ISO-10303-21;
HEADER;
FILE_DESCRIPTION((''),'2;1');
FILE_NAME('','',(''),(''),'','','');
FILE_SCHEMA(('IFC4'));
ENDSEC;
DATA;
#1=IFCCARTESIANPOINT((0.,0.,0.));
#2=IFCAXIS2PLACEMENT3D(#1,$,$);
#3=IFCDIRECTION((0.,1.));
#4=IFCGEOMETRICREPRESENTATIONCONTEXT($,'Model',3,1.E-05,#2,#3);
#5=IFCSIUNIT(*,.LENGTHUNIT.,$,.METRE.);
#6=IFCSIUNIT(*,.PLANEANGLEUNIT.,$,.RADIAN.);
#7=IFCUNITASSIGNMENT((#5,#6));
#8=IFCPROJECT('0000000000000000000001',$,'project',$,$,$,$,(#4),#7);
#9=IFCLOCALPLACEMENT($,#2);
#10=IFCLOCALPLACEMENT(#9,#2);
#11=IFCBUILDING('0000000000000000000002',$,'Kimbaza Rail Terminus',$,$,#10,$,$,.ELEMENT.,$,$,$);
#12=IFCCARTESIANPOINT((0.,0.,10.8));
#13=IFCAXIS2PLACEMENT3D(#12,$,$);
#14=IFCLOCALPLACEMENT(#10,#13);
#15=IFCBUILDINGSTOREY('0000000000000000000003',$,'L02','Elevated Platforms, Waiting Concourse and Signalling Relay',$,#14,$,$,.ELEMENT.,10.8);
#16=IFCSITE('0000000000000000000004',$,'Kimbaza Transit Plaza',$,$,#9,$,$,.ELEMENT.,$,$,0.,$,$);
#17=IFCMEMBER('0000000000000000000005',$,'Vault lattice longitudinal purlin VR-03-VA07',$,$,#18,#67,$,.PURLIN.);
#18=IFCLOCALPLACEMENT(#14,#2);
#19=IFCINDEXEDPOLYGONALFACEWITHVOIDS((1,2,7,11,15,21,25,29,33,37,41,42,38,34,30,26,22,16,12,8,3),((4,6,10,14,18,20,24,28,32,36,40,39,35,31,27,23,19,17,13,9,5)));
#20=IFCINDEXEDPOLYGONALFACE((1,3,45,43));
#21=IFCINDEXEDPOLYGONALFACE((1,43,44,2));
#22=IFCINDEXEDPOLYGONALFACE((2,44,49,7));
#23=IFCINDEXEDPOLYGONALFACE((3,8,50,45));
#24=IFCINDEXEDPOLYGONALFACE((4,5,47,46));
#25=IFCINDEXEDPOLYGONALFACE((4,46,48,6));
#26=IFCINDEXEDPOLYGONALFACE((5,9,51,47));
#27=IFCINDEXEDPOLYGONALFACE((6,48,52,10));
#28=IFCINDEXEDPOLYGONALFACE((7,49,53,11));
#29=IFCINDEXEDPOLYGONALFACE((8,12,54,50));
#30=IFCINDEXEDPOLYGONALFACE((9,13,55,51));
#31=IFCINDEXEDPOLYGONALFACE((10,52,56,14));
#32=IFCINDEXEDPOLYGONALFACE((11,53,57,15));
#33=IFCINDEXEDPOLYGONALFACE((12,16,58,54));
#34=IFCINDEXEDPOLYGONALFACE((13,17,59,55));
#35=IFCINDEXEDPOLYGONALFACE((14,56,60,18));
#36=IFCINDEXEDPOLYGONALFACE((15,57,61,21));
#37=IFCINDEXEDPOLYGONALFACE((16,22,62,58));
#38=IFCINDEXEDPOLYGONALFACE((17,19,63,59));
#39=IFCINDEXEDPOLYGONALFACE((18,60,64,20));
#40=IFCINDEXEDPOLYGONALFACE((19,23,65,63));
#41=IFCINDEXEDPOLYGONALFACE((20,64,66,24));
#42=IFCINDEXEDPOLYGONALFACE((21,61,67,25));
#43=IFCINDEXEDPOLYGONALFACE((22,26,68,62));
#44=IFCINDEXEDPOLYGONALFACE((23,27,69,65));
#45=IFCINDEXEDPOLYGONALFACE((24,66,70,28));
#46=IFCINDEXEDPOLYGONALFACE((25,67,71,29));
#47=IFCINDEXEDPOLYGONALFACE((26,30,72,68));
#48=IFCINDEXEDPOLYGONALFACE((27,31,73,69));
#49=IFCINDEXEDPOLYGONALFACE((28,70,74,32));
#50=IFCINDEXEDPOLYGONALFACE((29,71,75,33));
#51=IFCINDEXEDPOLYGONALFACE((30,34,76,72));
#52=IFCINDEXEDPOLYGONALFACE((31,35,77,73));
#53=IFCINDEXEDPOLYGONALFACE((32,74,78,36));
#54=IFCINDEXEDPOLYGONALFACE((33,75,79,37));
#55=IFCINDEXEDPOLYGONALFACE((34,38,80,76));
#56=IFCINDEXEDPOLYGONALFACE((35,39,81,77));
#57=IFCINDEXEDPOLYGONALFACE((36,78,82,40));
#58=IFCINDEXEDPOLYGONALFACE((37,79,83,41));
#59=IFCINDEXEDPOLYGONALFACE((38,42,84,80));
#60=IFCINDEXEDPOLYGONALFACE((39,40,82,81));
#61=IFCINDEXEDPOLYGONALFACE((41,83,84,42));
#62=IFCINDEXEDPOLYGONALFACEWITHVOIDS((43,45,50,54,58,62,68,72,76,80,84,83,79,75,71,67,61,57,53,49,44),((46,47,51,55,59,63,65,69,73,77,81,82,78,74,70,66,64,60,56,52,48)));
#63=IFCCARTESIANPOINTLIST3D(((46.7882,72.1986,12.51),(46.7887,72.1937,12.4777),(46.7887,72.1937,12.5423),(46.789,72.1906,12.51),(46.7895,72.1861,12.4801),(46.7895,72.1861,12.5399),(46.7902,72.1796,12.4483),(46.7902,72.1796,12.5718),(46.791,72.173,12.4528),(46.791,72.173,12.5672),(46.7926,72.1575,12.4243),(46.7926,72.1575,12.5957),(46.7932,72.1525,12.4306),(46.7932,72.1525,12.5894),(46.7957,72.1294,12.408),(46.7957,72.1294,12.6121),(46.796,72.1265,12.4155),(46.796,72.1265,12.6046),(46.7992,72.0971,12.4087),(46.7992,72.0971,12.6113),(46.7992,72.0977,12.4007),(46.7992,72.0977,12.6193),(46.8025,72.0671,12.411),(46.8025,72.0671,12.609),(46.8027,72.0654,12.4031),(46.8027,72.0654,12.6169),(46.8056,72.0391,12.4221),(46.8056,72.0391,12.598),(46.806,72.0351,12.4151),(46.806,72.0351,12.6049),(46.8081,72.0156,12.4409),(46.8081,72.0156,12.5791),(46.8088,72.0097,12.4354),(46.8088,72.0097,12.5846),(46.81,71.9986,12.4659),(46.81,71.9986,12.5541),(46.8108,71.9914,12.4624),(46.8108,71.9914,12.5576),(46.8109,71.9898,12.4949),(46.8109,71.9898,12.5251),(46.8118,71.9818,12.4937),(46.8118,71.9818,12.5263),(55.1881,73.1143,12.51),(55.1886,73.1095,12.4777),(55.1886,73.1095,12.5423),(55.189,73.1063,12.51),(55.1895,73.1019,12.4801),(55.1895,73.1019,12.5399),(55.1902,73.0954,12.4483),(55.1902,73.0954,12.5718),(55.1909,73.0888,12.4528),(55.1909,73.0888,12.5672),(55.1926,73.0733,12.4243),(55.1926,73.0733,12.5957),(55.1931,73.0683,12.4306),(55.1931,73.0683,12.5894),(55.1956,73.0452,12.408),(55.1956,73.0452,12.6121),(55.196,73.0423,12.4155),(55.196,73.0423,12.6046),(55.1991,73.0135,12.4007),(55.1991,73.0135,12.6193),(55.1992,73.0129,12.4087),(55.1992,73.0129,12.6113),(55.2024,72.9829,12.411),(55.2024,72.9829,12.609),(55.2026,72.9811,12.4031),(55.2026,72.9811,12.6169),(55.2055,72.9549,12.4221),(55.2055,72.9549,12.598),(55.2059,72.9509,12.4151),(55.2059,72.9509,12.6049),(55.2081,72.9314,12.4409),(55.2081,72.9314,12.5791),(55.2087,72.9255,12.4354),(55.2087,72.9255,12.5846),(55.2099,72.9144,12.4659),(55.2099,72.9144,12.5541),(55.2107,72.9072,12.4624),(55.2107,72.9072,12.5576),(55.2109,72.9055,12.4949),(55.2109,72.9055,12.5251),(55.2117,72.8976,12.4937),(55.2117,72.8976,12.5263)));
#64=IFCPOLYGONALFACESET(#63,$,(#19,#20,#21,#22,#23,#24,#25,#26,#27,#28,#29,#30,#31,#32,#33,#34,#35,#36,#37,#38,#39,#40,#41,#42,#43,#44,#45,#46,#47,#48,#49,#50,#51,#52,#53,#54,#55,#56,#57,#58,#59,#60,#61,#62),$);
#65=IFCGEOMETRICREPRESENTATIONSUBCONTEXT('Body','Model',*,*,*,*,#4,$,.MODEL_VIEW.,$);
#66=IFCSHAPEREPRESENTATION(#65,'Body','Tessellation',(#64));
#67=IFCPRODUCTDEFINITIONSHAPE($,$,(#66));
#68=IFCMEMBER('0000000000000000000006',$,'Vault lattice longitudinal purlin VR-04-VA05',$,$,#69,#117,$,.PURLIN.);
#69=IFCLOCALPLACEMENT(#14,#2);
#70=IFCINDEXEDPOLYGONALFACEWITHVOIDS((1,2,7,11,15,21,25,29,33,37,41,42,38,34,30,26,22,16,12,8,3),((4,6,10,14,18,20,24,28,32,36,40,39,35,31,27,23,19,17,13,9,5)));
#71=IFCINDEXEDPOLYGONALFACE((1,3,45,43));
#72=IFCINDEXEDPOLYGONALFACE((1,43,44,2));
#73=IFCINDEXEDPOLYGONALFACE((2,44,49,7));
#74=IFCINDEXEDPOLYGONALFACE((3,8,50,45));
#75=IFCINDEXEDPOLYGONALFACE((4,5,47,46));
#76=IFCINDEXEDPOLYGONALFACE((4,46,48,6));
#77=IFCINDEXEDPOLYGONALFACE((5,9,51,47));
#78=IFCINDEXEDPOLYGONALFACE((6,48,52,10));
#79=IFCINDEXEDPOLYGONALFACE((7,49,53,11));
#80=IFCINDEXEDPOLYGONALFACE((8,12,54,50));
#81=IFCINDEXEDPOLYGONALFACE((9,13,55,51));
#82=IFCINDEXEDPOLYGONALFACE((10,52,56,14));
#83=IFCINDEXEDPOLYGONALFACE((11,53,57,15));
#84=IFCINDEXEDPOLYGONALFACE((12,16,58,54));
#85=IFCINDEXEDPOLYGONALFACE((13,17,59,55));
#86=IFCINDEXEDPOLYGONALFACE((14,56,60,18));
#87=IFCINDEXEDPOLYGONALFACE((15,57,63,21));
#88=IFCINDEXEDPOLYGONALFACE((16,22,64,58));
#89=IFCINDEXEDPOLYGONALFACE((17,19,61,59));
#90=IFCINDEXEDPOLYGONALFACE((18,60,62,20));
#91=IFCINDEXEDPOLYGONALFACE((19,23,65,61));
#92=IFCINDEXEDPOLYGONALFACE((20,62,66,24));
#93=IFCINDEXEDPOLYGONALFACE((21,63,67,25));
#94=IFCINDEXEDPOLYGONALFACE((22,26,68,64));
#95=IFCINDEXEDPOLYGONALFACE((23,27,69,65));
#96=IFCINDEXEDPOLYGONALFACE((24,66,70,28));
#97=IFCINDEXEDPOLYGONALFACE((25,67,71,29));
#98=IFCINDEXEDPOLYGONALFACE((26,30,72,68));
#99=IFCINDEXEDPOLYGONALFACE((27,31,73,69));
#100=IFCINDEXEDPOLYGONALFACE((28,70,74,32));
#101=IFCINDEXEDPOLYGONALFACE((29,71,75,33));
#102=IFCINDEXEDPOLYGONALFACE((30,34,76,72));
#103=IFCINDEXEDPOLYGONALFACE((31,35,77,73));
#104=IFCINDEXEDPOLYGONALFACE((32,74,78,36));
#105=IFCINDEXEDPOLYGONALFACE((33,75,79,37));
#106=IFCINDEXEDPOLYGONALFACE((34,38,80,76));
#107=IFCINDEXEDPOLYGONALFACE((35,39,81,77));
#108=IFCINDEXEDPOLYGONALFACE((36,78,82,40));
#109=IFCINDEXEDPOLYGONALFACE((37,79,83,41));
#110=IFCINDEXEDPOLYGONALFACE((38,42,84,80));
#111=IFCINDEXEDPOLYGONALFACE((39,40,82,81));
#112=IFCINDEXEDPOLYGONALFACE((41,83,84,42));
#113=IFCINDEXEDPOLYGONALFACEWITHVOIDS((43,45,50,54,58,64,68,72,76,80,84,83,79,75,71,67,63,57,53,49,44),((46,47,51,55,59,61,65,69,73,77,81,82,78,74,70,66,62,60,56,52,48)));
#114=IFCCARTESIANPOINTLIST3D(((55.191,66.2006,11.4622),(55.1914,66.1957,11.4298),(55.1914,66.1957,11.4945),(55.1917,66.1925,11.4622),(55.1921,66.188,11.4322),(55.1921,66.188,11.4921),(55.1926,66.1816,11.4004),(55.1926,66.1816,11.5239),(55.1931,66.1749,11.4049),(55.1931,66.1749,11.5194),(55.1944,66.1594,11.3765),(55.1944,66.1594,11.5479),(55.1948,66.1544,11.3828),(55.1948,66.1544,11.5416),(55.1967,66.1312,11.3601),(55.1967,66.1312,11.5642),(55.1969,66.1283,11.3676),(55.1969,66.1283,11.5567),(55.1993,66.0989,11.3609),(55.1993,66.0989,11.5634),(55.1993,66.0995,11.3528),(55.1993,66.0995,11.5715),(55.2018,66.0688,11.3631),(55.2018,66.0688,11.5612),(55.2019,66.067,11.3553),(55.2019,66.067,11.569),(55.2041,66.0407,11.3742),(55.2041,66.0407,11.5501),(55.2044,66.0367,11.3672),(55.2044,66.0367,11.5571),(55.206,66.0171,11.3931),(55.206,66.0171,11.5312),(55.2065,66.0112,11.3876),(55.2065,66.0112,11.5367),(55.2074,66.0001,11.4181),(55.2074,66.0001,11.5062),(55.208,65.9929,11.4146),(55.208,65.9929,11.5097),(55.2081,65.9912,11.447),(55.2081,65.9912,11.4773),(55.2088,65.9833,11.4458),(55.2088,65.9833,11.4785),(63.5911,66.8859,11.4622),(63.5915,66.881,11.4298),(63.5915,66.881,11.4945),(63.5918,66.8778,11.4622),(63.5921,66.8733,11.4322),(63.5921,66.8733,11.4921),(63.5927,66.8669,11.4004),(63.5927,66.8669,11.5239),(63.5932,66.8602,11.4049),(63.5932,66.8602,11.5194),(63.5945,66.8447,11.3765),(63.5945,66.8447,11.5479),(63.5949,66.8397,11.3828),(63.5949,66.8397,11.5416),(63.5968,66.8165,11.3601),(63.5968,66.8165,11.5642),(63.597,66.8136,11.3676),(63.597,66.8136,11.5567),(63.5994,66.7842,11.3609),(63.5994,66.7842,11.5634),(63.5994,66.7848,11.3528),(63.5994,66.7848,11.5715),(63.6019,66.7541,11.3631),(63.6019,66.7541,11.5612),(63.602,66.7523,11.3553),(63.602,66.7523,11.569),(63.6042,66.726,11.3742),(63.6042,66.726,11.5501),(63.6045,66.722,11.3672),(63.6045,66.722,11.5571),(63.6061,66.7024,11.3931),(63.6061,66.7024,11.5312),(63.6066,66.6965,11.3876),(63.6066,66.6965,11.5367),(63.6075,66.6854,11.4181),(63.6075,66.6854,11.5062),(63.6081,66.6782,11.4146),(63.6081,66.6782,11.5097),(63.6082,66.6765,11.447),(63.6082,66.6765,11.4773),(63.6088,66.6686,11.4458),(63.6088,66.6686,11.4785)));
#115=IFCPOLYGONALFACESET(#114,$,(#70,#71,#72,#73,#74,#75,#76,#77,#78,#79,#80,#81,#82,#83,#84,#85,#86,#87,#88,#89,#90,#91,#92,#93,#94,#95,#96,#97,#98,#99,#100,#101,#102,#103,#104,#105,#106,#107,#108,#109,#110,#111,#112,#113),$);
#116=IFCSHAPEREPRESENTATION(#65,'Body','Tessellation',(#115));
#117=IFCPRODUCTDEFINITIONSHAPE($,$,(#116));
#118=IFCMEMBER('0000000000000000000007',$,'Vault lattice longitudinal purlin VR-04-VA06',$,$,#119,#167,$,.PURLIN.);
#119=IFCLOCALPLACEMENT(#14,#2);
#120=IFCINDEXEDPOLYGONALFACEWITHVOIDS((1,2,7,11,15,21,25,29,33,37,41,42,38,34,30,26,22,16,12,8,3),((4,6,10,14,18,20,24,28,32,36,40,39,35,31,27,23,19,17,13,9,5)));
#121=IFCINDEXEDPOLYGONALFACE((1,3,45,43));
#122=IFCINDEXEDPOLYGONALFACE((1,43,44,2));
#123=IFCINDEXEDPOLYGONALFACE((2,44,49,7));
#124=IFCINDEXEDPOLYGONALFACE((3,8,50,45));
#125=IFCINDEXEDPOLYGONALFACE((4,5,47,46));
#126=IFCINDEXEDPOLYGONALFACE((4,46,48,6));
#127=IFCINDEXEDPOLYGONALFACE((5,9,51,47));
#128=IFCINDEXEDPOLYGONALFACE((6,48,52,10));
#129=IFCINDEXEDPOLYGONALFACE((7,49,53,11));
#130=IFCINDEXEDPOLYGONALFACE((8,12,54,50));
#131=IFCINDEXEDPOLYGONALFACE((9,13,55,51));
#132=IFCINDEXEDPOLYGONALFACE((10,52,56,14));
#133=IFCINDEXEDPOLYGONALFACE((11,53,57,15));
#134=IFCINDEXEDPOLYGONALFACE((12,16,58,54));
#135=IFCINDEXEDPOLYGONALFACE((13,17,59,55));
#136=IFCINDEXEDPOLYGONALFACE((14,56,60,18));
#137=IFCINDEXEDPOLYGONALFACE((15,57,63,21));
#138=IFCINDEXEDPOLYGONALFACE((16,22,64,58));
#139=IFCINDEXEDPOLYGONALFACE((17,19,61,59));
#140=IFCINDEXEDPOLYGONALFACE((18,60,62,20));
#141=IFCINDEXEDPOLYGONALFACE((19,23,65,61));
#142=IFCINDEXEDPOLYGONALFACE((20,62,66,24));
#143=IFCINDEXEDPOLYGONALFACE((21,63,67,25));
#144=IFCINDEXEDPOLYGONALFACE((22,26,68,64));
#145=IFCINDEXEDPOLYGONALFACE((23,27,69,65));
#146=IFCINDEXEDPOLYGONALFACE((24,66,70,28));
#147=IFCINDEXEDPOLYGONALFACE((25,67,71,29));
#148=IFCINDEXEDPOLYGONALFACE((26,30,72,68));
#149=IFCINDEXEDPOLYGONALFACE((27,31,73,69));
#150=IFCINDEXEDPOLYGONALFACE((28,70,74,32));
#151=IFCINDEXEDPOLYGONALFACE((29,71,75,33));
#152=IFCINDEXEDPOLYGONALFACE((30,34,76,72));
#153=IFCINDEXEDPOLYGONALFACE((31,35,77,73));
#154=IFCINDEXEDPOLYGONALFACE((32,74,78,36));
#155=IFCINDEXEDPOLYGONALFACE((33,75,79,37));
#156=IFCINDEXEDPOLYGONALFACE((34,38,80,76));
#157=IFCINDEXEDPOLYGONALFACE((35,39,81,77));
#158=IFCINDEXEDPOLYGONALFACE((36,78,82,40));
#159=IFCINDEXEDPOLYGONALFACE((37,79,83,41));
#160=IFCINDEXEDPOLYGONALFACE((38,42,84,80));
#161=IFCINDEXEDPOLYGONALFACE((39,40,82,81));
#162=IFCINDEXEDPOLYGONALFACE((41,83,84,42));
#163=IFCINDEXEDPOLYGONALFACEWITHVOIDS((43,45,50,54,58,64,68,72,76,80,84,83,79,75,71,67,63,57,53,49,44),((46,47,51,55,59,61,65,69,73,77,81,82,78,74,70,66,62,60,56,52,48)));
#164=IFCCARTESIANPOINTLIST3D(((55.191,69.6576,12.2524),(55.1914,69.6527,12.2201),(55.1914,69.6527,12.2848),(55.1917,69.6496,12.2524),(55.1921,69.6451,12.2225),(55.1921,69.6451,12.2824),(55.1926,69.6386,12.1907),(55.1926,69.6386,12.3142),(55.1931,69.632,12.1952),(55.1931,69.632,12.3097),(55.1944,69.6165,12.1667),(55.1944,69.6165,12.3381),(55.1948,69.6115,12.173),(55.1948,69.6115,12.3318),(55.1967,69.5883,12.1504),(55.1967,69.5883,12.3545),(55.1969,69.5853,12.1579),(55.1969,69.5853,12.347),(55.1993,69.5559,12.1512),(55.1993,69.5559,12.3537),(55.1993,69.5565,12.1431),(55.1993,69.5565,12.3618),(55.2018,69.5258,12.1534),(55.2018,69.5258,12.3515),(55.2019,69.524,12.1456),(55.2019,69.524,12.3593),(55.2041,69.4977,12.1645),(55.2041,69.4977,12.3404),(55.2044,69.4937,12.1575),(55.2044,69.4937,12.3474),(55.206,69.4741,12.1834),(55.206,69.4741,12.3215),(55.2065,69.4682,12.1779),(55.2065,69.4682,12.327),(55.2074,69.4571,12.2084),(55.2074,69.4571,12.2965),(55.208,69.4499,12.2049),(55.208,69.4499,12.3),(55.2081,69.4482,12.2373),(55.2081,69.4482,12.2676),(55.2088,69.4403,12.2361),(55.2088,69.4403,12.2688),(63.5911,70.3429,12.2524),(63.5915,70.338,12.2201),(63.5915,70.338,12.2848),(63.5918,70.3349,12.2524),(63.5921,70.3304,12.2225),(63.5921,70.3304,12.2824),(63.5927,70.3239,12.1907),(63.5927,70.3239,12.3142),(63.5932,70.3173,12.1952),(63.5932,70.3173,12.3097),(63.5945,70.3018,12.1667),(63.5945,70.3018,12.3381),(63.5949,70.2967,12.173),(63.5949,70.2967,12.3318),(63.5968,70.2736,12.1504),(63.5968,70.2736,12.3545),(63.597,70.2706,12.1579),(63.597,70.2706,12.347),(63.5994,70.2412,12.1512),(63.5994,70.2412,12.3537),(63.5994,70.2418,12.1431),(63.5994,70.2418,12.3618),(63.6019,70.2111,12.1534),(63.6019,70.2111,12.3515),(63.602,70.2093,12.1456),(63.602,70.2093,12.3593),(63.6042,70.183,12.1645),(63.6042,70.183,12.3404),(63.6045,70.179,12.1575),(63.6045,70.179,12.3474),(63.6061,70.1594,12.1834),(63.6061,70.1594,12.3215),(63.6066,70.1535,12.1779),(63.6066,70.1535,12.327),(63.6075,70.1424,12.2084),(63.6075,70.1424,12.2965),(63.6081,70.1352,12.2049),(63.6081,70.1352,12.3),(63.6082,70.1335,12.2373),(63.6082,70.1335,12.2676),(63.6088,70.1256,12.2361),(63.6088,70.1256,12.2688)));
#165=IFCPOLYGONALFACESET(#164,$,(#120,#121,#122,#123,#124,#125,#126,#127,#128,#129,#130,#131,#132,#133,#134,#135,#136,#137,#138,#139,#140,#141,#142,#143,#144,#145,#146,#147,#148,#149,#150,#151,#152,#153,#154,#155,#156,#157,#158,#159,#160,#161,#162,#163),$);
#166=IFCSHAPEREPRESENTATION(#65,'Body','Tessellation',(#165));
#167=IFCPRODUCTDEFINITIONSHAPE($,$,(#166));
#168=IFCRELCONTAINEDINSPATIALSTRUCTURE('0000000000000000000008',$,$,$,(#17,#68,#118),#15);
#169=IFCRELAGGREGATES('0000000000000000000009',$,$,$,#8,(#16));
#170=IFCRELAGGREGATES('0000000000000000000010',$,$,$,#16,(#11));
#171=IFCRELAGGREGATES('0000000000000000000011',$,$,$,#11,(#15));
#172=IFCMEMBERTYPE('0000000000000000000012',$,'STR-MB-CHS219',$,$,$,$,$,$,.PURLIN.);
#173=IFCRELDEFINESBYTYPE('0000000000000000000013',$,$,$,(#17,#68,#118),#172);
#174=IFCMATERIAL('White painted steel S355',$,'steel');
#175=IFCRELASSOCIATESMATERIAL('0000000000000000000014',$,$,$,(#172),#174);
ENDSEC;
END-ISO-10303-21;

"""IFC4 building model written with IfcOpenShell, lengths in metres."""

from ifc_helpers import new_model, si_unit, direction, frame, origin, origin_2d, place, context, subcontext, project, spatial, hollow_circle, extrude, material, material_profile, profile_set, type_object, element, save


model = new_model("IFC4")

# Units and contexts
model_context = context("Model", 3, precision=1e-05, world=origin(), true_north=direction((0.0, 1.0)))
body_context = subcontext(model_context, "Body", "Model", "MODEL_VIEW")
ifc_project = project(units=[si_unit("LENGTHUNIT", "METRE"), si_unit("PLANEANGLEUNIT", "RADIAN")], contexts=[model_context])

# Site, building, storey
site_placement = place(None, origin())
site = spatial("IfcSite", under=ifc_project, at=site_placement, Name="Kimbaza Transit Plaza", CompositionType="ELEMENT", RefElevation=0.0)
building_placement = place(site_placement, origin())
building = spatial("IfcBuilding", under=site, at=building_placement, Name="Kimbaza Rail Terminus", CompositionType="ELEMENT")
storey_placement = place(building_placement, frame((0.0, 0.0, 10.8)))
storey = spatial("IfcBuildingStorey", under=building, at=storey_placement, Name="L02", Description="Elevated Platforms, Waiting Concourse and Signalling Relay", CompositionType="ELEMENT", Elevation=10.8)

# Members
ifc_material_1 = material(Name="White painted steel S355", Category="steel")
ifc_material_profile_1 = material_profile(ifc_material_1, hollow_circle(Radius=0.1096, WallThickness=0.0081, at=origin_2d()), Name="CHS 219.1x8")
ifc_profile_set_1 = profile_set([ifc_material_profile_1], Name="White painted steel S355")
member_type_1 = type_object("IfcMemberType", Name="STR-MB-CHS219", PredefinedType="PURLIN", material=ifc_profile_set_1)
member_1_placement = place(storey_placement, frame((46.8, 72.0896, 12.51), z_axis=(0.99411, 0.10838, 0.0), x_axis=(-0.10838, 0.99411, 0.0)))
element("IfcMember", 1, at=member_1_placement, inside=storey, type_object=member_type_1, Name="Vault lattice longitudinal purlin VR-03-VA07", PredefinedType="PURLIN", context=body_context, shape_type="SweptSolid", body=[
    extrude(hollow_circle(Radius=0.1096, WallThickness=0.0081, at=origin_2d()), origin(), (0.0, 0.0, 1.0), 8.4497),
])
for number, where, z_axis, x_axis, name in (
    (2, (55.2, 66.0913, 11.4622), (0.996689, 0.081312, 0.0), (-0.081312, 0.996689, 0.0), "Vault lattice longitudinal purlin VR-04-VA05"),
    (3, (55.2, 69.5483, 12.2524), (0.996689, 0.081312, 0.0), (-0.081312, 0.996689, 0.0), "Vault lattice longitudinal purlin VR-04-VA06"),
):
    element("IfcMember", number, at=place(storey_placement, frame(where, z_axis=z_axis, x_axis=x_axis)), inside=storey, type_object=member_type_1, Name=name, PredefinedType="PURLIN", context=body_context, shape_type="SweptSolid", body=[
        extrude(hollow_circle(Radius=0.1096, WallThickness=0.0081, at=origin_2d()), origin(), (0.0, 0.0, 1.0), 8.428),
    ])

save(model, "model.ifc")
